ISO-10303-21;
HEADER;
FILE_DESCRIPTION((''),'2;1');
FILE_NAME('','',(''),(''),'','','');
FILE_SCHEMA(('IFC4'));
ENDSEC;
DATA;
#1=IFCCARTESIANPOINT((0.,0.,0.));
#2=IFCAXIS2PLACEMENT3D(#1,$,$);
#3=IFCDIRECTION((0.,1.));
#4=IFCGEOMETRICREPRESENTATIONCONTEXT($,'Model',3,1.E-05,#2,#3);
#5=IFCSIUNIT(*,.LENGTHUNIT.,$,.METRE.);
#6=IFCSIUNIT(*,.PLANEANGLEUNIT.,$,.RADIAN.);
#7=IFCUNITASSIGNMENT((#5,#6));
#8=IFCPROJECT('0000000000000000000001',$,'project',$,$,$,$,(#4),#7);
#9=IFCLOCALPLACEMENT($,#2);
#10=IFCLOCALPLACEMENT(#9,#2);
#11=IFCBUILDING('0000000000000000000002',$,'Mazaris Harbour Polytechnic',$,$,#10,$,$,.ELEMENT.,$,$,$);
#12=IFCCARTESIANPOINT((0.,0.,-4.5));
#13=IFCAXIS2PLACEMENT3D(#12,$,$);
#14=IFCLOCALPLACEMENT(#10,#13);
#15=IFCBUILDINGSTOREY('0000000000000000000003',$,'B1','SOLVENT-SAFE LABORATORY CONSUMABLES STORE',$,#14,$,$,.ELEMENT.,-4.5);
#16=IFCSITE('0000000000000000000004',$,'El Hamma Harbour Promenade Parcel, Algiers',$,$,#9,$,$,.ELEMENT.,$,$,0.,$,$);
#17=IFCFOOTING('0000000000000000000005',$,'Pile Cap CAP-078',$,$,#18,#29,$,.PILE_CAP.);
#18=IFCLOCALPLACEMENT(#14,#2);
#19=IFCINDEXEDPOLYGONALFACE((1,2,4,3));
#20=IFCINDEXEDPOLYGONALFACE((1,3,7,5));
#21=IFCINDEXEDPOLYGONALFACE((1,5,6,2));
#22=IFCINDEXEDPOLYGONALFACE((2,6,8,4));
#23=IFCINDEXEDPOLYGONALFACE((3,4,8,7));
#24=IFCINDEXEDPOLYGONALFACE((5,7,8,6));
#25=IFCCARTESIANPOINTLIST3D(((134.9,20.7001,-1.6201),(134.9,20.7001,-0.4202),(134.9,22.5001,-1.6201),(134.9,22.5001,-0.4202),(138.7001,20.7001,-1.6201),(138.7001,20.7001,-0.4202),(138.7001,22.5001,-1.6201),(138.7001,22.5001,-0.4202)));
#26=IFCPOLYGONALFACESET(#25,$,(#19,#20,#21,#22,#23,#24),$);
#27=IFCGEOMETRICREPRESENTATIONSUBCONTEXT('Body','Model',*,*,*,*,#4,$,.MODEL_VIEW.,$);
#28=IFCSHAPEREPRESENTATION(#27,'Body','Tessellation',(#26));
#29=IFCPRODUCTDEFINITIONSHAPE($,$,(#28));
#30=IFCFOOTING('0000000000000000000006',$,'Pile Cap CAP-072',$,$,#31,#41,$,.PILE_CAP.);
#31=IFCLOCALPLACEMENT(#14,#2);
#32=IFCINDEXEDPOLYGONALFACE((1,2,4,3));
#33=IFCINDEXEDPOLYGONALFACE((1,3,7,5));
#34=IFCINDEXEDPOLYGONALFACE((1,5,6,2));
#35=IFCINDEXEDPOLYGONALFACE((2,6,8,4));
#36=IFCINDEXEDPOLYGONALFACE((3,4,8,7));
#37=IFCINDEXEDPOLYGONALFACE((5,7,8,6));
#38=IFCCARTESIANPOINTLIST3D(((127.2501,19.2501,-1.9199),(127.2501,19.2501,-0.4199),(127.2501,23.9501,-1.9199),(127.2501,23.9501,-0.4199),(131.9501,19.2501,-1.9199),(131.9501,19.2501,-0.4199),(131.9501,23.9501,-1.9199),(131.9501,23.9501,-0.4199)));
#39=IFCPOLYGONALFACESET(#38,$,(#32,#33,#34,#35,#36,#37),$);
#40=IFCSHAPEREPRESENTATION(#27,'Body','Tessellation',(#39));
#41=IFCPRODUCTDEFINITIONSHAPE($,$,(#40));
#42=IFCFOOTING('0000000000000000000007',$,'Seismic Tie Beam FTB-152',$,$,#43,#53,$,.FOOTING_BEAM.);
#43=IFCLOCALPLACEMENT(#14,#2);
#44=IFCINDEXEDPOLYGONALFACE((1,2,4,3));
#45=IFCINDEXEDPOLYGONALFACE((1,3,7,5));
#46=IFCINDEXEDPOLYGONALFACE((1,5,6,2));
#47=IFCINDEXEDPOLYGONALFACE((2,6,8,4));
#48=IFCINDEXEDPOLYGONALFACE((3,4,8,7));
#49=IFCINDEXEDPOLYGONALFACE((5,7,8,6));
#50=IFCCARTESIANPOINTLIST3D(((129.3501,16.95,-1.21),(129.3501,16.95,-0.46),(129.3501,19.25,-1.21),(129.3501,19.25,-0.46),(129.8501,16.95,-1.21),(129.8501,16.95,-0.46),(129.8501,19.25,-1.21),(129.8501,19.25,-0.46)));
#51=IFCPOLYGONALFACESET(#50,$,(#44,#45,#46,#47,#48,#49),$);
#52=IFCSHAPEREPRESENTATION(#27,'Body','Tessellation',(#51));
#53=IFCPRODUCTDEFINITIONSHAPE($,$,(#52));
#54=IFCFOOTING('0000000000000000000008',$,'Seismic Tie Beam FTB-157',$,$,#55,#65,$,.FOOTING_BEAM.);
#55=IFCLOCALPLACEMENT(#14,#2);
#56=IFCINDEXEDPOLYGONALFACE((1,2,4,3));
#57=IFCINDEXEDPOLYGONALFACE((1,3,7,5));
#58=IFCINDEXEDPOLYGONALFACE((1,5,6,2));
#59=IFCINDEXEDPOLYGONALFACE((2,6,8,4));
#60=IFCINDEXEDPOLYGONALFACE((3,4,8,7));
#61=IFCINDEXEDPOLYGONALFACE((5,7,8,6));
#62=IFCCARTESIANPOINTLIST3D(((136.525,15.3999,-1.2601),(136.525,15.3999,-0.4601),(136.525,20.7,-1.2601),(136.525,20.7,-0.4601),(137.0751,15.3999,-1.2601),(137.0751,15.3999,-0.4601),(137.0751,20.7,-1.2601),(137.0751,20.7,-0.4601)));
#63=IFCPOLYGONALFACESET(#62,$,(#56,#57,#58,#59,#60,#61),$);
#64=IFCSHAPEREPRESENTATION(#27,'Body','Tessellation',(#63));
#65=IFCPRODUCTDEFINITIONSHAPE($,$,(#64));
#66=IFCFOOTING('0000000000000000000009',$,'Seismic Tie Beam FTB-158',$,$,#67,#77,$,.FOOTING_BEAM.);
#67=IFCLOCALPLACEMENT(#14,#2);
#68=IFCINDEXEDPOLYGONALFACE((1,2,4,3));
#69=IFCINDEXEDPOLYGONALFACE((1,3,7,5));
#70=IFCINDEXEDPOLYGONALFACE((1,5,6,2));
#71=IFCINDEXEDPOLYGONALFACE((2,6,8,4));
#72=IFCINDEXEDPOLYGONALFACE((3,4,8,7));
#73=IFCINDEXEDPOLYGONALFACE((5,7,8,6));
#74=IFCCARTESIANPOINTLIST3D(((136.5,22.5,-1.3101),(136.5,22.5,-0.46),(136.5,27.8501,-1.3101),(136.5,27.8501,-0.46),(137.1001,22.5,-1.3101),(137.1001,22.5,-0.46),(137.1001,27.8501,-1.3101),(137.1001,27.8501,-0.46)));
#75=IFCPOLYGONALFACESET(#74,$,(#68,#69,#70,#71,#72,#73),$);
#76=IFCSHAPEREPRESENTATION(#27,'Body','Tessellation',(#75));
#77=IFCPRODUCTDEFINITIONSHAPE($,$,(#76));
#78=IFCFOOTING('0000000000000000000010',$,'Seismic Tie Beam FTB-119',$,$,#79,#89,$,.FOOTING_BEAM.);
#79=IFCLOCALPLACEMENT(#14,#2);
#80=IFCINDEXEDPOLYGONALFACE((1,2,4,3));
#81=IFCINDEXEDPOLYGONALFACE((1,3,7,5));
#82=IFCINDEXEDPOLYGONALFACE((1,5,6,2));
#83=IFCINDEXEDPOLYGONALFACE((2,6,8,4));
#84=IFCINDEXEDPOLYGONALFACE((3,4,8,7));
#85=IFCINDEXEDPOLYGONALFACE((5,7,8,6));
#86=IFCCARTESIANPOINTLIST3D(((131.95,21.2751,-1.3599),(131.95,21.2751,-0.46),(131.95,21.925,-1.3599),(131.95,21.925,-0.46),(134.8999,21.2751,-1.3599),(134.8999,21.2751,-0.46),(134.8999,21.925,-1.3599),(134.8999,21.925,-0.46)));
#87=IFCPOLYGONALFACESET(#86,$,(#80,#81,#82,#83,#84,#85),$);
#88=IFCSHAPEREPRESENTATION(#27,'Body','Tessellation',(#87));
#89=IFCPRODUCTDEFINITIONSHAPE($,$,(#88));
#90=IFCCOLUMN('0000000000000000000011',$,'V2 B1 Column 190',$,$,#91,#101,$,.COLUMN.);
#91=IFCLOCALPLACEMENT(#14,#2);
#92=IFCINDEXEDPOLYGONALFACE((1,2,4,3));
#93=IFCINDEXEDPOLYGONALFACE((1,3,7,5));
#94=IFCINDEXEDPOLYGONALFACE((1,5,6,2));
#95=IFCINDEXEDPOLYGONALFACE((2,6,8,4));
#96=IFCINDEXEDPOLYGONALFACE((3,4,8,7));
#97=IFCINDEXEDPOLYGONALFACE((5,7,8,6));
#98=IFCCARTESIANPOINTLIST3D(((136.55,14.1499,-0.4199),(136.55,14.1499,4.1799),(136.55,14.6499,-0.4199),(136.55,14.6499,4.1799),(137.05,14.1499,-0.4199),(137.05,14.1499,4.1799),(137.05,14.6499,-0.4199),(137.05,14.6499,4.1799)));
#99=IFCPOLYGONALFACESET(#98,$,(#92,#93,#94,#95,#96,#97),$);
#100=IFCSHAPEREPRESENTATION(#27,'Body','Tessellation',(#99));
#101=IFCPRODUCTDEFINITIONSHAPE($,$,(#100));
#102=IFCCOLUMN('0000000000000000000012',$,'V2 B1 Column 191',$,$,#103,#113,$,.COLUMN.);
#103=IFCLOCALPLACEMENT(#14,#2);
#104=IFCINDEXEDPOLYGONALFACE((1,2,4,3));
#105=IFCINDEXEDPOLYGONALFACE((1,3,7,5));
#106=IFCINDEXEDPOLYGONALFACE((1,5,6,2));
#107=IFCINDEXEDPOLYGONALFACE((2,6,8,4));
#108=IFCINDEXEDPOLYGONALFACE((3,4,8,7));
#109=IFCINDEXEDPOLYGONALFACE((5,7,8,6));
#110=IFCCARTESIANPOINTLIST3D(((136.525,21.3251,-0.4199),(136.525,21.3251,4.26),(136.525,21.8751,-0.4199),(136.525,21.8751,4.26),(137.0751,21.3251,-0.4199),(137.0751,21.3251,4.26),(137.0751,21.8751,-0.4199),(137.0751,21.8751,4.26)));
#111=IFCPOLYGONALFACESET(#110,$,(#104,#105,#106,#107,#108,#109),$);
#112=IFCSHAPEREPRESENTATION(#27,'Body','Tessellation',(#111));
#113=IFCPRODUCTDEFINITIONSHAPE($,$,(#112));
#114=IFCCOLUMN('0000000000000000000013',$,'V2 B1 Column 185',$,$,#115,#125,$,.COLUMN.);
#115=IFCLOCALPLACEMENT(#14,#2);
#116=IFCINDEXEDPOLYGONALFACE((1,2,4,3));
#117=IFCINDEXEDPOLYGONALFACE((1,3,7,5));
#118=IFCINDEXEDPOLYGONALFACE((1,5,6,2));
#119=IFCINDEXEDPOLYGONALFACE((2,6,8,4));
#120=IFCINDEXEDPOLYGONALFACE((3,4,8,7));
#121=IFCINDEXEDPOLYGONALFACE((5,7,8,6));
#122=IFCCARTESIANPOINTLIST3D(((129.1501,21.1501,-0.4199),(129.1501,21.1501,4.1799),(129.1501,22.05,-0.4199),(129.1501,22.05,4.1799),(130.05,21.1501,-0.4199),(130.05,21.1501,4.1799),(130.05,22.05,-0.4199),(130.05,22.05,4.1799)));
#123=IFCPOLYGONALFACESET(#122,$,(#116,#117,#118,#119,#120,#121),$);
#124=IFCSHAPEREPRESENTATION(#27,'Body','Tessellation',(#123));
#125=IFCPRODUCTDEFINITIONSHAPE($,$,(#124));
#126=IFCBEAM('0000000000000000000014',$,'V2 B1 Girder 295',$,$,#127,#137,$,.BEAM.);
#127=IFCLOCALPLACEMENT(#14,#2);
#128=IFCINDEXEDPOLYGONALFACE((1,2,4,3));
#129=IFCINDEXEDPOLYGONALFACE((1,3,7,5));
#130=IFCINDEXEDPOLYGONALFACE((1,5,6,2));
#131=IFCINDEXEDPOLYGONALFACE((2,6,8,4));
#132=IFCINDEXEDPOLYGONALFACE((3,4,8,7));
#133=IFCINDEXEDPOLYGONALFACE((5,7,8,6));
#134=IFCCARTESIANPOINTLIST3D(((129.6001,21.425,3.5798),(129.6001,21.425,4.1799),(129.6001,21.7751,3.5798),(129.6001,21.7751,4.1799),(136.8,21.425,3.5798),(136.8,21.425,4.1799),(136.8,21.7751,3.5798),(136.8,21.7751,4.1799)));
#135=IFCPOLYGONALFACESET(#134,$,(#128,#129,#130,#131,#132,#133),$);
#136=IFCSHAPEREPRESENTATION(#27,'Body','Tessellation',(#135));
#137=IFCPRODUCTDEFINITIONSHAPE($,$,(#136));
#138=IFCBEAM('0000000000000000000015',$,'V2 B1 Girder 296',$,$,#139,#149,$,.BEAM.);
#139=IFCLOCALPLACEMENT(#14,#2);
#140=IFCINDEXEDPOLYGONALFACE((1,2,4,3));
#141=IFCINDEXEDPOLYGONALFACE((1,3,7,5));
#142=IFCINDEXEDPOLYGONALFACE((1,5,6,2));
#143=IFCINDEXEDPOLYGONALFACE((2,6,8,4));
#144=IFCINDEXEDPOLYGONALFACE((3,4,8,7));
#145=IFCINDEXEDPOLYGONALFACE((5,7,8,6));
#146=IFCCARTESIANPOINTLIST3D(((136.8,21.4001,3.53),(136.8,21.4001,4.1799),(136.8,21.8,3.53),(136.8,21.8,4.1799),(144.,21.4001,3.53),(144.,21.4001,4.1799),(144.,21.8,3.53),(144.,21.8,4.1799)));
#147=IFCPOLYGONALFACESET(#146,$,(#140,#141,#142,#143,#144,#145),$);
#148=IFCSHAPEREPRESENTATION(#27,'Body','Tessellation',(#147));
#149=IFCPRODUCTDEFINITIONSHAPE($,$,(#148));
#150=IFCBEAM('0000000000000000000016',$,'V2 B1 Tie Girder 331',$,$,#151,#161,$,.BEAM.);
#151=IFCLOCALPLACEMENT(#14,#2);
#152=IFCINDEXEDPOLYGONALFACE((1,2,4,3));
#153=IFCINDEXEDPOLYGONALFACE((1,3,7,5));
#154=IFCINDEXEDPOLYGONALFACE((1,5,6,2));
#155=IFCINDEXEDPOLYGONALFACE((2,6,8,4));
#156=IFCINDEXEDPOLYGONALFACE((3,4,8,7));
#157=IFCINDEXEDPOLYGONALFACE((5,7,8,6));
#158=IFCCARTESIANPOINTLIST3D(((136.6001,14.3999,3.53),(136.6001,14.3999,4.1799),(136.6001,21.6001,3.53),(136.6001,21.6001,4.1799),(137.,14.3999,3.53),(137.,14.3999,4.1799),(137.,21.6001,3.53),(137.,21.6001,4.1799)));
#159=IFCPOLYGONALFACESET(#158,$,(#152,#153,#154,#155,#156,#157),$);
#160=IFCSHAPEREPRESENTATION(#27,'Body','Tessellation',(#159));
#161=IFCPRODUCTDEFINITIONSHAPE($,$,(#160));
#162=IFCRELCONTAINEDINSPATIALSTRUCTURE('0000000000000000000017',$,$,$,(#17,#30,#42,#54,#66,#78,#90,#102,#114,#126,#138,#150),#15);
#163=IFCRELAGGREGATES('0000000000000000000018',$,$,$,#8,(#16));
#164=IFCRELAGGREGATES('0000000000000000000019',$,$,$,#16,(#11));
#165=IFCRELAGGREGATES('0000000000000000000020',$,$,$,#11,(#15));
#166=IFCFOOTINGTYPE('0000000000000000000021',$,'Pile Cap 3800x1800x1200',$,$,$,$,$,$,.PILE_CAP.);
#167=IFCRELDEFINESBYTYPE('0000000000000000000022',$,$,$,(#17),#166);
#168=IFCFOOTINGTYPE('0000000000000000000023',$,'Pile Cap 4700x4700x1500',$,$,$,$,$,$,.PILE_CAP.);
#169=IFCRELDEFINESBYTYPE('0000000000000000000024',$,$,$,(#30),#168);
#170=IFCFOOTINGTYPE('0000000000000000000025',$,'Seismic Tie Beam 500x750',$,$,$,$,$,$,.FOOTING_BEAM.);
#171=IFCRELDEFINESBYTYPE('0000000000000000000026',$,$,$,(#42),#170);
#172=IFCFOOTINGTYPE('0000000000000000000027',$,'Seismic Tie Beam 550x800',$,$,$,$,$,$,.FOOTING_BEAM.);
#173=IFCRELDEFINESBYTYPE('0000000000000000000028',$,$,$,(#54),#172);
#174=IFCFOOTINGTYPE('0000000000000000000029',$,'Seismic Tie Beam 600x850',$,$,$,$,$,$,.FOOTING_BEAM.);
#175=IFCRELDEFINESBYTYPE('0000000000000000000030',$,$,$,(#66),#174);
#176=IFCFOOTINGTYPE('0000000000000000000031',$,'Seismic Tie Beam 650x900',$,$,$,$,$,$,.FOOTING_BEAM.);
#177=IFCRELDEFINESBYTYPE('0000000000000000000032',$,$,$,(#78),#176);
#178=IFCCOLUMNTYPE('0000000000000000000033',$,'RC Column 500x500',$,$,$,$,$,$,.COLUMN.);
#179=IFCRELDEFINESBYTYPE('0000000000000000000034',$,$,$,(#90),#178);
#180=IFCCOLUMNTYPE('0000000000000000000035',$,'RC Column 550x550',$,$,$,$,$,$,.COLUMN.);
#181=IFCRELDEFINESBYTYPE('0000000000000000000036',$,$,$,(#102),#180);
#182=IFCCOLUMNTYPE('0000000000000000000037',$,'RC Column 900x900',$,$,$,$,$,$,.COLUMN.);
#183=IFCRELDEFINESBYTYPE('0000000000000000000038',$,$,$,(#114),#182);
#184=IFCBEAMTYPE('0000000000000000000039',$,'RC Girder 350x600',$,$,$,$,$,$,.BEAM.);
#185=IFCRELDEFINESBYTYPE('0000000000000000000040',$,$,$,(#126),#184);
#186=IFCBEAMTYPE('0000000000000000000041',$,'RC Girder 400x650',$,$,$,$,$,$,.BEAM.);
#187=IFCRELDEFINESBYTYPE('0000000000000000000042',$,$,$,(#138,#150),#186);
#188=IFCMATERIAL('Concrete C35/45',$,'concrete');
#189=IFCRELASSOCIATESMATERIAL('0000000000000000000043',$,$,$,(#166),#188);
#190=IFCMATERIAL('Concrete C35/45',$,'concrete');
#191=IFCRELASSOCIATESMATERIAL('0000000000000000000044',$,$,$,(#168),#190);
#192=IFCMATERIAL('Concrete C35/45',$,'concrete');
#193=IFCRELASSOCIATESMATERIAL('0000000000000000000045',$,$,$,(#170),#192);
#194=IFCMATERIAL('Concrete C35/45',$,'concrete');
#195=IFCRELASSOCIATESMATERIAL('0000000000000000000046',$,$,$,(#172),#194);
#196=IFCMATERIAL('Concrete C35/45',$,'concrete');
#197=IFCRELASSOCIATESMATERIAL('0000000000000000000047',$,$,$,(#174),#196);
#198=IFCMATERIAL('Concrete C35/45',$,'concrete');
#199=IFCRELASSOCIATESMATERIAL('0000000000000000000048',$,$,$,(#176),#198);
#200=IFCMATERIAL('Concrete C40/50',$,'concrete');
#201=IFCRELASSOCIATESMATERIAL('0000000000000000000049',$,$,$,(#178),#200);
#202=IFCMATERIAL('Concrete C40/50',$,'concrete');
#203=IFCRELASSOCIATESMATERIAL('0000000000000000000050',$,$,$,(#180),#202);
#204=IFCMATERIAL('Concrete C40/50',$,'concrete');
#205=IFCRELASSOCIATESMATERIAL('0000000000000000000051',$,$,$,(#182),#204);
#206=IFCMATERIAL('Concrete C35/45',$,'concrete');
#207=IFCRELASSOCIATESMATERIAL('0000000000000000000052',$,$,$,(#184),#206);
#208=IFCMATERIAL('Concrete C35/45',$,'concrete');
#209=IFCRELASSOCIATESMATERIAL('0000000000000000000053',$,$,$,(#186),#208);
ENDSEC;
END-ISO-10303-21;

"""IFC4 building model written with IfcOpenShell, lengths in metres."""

from ifc_helpers import new_model, si_unit, direction, frame, origin, origin_2d, place, context, subcontext, project, spatial, rectangle, extrude, material, material_profile, profile_set, type_object, element, save


model = new_model("IFC4")

# Units and contexts
model_context = context("Model", 3, precision=1e-05, world=origin(), true_north=direction((0.0, 1.0)))
body_context = subcontext(model_context, "Body", "Model", "MODEL_VIEW")
ifc_project = project(units=[si_unit("LENGTHUNIT", "METRE"), si_unit("PLANEANGLEUNIT", "RADIAN")], contexts=[model_context])

# Site, building, storey
site_placement = place(None, origin())
site = spatial("IfcSite", under=ifc_project, at=site_placement, Name="El Hamma Harbour Promenade Parcel, Algiers", CompositionType="ELEMENT", RefElevation=0.0)
building_placement = place(site_placement, origin())
building = spatial("IfcBuilding", under=site, at=building_placement, Name="Mazaris Harbour Polytechnic", CompositionType="ELEMENT")
storey_placement = place(building_placement, frame((0.0, 0.0, -4.5)))
storey = spatial("IfcBuildingStorey", under=building, at=storey_placement, Name="B1", Description="SOLVENT-SAFE LABORATORY CONSUMABLES STORE", CompositionType="ELEMENT", Elevation=-4.5)

# Footings
ifc_material_1 = material(Name="Concrete C35/45", Category="concrete")
footing_type_1 = type_object("IfcFootingType", Name="Pile Cap 3800x1800x1200", PredefinedType="PILE_CAP", material=ifc_material_1)
footing_1_placement = place(storey_placement, frame((136.8, 21.6001, -1.6201), z_axis=(0.0, 0.0, 1.0), x_axis=(1.0, 0.0, 0.0)))
element("IfcFooting", 1, at=footing_1_placement, inside=storey, type_object=footing_type_1, Name="Pile Cap CAP-078", PredefinedType="PILE_CAP", context=body_context, shape_type="SweptSolid", body=[
    extrude(rectangle(XDim=3.8, YDim=1.8, at=origin_2d()), origin(), (0.0, 0.0, 1.0), 1.2),
])
ifc_material_2 = material(Name="Concrete C35/45", Category="concrete")
footing_type_2 = type_object("IfcFootingType", Name="Pile Cap 4700x4700x1500", PredefinedType="PILE_CAP", material=ifc_material_2)
footing_2_placement = place(storey_placement, frame((129.6001, 21.6001, -1.9199), z_axis=(0.0, 0.0, 1.0), x_axis=(1.0, 0.0, 0.0)))
element("IfcFooting", 2, at=footing_2_placement, inside=storey, type_object=footing_type_2, Name="Pile Cap CAP-072", PredefinedType="PILE_CAP", context=body_context, shape_type="SweptSolid", body=[
    extrude(rectangle(XDim=4.7, YDim=4.7, at=origin_2d()), origin(), (0.0, 0.0, 1.0), 1.5),
])
ifc_material_3 = material(Name="Concrete C35/45", Category="concrete")
ifc_material_profile_1 = material_profile(ifc_material_3, rectangle(XDim=0.5, YDim=0.75, at=origin_2d()), Name="RECT500x750")
ifc_profile_set_1 = profile_set([ifc_material_profile_1], Name="Concrete C35/45")
footing_type_3 = type_object("IfcFootingType", Name="Seismic Tie Beam 500x750", PredefinedType="FOOTING_BEAM", material=ifc_profile_set_1)
footing_3_placement = place(storey_placement, frame((129.6001, 16.95, -0.835), z_axis=(0.0, 1.0, 0.0), x_axis=(-1.0, 0.0, 0.0)))
element("IfcFooting", 3, at=footing_3_placement, inside=storey, type_object=footing_type_3, Name="Seismic Tie Beam FTB-152", PredefinedType="FOOTING_BEAM", context=body_context, shape_type="SweptSolid", body=[
    extrude(rectangle(XDim=0.5, YDim=0.75, at=origin_2d()), origin(), (0.0, 0.0, 1.0), 2.3),
])
ifc_material_4 = material(Name="Concrete C35/45", Category="concrete")
ifc_material_profile_2 = material_profile(ifc_material_4, rectangle(XDim=0.55, YDim=0.8, at=origin_2d()), Name="RECT550x800")
ifc_profile_set_2 = profile_set([ifc_material_profile_2], Name="Concrete C35/45")
footing_type_4 = type_object("IfcFootingType", Name="Seismic Tie Beam 550x800", PredefinedType="FOOTING_BEAM", material=ifc_profile_set_2)
footing_4_placement = place(storey_placement, frame((136.8, 15.3999, -0.8601), z_axis=(0.0, 1.0, 0.0), x_axis=(-1.0, 0.0, 0.0)))
element("IfcFooting", 4, at=footing_4_placement, inside=storey, type_object=footing_type_4, Name="Seismic Tie Beam FTB-157", PredefinedType="FOOTING_BEAM", context=body_context, shape_type="SweptSolid", body=[
    extrude(rectangle(XDim=0.55, YDim=0.8, at=origin_2d()), origin(), (0.0, 0.0, 1.0), 5.3),
])
ifc_material_5 = material(Name="Concrete C35/45", Category="concrete")
ifc_material_profile_3 = material_profile(ifc_material_5, rectangle(XDim=0.6001, YDim=0.8501, at=origin_2d()), Name="RECT600x850")
ifc_profile_set_3 = profile_set([ifc_material_profile_3], Name="Concrete C35/45")
footing_type_5 = type_object("IfcFootingType", Name="Seismic Tie Beam 600x850", PredefinedType="FOOTING_BEAM", material=ifc_profile_set_3)
footing_5_placement = place(storey_placement, frame((136.8, 22.5, -0.885), z_axis=(0.0, 1.0, 0.0), x_axis=(-1.0, 0.0, 0.0)))
element("IfcFooting", 5, at=footing_5_placement, inside=storey, type_object=footing_type_5, Name="Seismic Tie Beam FTB-158", PredefinedType="FOOTING_BEAM", context=body_context, shape_type="SweptSolid", body=[
    extrude(rectangle(XDim=0.6001, YDim=0.8501, at=origin_2d()), origin(), (0.0, 0.0, 1.0), 5.3501),
])
ifc_material_6 = material(Name="Concrete C35/45", Category="concrete")
ifc_material_profile_4 = material_profile(ifc_material_6, rectangle(XDim=0.6499, YDim=0.8999, at=origin_2d()), Name="RECT650x900")
ifc_profile_set_4 = profile_set([ifc_material_profile_4], Name="Concrete C35/45")
footing_type_6 = type_object("IfcFootingType", Name="Seismic Tie Beam 650x900", PredefinedType="FOOTING_BEAM", material=ifc_profile_set_4)
footing_6_placement = place(storey_placement, frame((131.95, 21.6001, -0.9099), z_axis=(1.0, 0.0, 0.0), x_axis=(0.0, 1.0, 0.0)))
element("IfcFooting", 6, at=footing_6_placement, inside=storey, type_object=footing_type_6, Name="Seismic Tie Beam FTB-119", PredefinedType="FOOTING_BEAM", context=body_context, shape_type="SweptSolid", body=[
    extrude(rectangle(XDim=0.6499, YDim=0.8999, at=origin_2d()), origin(), (0.0, 0.0, 1.0), 2.95),
])

# Columns
ifc_material_7 = material(Name="Concrete C40/50", Category="concrete")
ifc_material_profile_5 = material_profile(ifc_material_7, rectangle(XDim=0.5, YDim=0.5, at=origin_2d()), Name="RECT500x500")
ifc_profile_set_5 = profile_set([ifc_material_profile_5], Name="Concrete C40/50")
column_type_1 = type_object("IfcColumnType", Name="RC Column 500x500", PredefinedType="COLUMN", material=ifc_profile_set_5)
column_1_placement = place(storey_placement, frame((136.8, 14.3999, -0.4199), z_axis=(0.0, 0.0, 1.0), x_axis=(1.0, 0.0, 0.0)))
element("IfcColumn", 7, at=column_1_placement, inside=storey, type_object=column_type_1, Name="V2 B1 Column 190", PredefinedType="COLUMN", context=body_context, shape_type="SweptSolid", body=[
    extrude(rectangle(XDim=0.5, YDim=0.5, at=origin_2d()), origin(), (0.0, 0.0, 1.0), 4.5999),
])
ifc_material_8 = material(Name="Concrete C40/50", Category="concrete")
ifc_material_profile_6 = material_profile(ifc_material_8, rectangle(XDim=0.55, YDim=0.55, at=origin_2d()), Name="RECT550x550")
ifc_profile_set_6 = profile_set([ifc_material_profile_6], Name="Concrete C40/50")
column_type_2 = type_object("IfcColumnType", Name="RC Column 550x550", PredefinedType="COLUMN", material=ifc_profile_set_6)
column_2_placement = place(storey_placement, frame((136.8, 21.6001, -0.4199), z_axis=(0.0, 0.0, 1.0), x_axis=(1.0, 0.0, 0.0)))
element("IfcColumn", 8, at=column_2_placement, inside=storey, type_object=column_type_2, Name="V2 B1 Column 191", PredefinedType="COLUMN", context=body_context, shape_type="SweptSolid", body=[
    extrude(rectangle(XDim=0.55, YDim=0.55, at=origin_2d()), origin(), (0.0, 0.0, 1.0), 4.6799),
])
ifc_material_9 = material(Name="Concrete C40/50", Category="concrete")
ifc_material_profile_7 = material_profile(ifc_material_9, rectangle(XDim=0.8999, YDim=0.8999, at=origin_2d()), Name="RECT900x900")
ifc_profile_set_7 = profile_set([ifc_material_profile_7], Name="Concrete C40/50")
column_type_3 = type_object("IfcColumnType", Name="RC Column 900x900", PredefinedType="COLUMN", material=ifc_profile_set_7)
column_3_placement = place(storey_placement, frame((129.6001, 21.6001, -0.4199), z_axis=(0.0, 0.0, 1.0), x_axis=(1.0, 0.0, 0.0)))
element("IfcColumn", 9, at=column_3_placement, inside=storey, type_object=column_type_3, Name="V2 B1 Column 185", PredefinedType="COLUMN", context=body_context, shape_type="SweptSolid", body=[
    extrude(rectangle(XDim=0.8999, YDim=0.8999, at=origin_2d()), origin(), (0.0, 0.0, 1.0), 4.5999),
])

# Beams
ifc_material_10 = material(Name="Concrete C35/45", Category="concrete")
ifc_material_profile_8 = material_profile(ifc_material_10, rectangle(XDim=0.3501, YDim=0.6001, at=origin_2d()), Name="RECT350x600")
ifc_profile_set_8 = profile_set([ifc_material_profile_8], Name="Concrete C35/45")
beam_type_1 = type_object("IfcBeamType", Name="RC Girder 350x600", PredefinedType="BEAM", material=ifc_profile_set_8)
beam_1_placement = place(storey_placement, frame((129.6001, 21.6001, 3.8799), z_axis=(1.0, 0.0, 0.0), x_axis=(0.0, 1.0, 0.0)))
element("IfcBeam", 10, at=beam_1_placement, inside=storey, type_object=beam_type_1, Name="V2 B1 Girder 295", PredefinedType="BEAM", context=body_context, shape_type="SweptSolid", body=[
    extrude(rectangle(XDim=0.3501, YDim=0.6001, at=origin_2d()), origin(), (0.0, 0.0, 1.0), 7.2),
])
ifc_material_11 = material(Name="Concrete C35/45", Category="concrete")
ifc_material_profile_9 = material_profile(ifc_material_11, rectangle(XDim=0.3999, YDim=0.6499, at=origin_2d()), Name="RECT400x650")
ifc_profile_set_9 = profile_set([ifc_material_profile_9], Name="Concrete C35/45")
beam_type_2 = type_object("IfcBeamType", Name="RC Girder 400x650", PredefinedType="BEAM", material=ifc_profile_set_9)
beam_2_placement = place(storey_placement, frame((136.8, 21.6001, 3.855), z_axis=(1.0, 0.0, 0.0), x_axis=(0.0, 1.0, 0.0)))
element("IfcBeam", 11, at=beam_2_placement, inside=storey, type_object=beam_type_2, Name="V2 B1 Girder 296", PredefinedType="BEAM", context=body_context, shape_type="SweptSolid", body=[
    extrude(rectangle(XDim=0.3999, YDim=0.6499, at=origin_2d()), origin(), (0.0, 0.0, 1.0), 7.2),
])
beam_3_placement = place(storey_placement, frame((136.8, 14.3999, 3.855), z_axis=(0.0, 1.0, 0.0), x_axis=(-1.0, 0.0, 0.0)))
element("IfcBeam", 12, at=beam_3_placement, inside=storey, type_object=beam_type_2, Name="V2 B1 Tie Girder 331", PredefinedType="BEAM", context=body_context, shape_type="SweptSolid", body=[
    extrude(rectangle(XDim=0.3999, YDim=0.6499, at=origin_2d()), origin(), (0.0, 0.0, 1.0), 7.2002),
])

save(model, "model.ifc")
